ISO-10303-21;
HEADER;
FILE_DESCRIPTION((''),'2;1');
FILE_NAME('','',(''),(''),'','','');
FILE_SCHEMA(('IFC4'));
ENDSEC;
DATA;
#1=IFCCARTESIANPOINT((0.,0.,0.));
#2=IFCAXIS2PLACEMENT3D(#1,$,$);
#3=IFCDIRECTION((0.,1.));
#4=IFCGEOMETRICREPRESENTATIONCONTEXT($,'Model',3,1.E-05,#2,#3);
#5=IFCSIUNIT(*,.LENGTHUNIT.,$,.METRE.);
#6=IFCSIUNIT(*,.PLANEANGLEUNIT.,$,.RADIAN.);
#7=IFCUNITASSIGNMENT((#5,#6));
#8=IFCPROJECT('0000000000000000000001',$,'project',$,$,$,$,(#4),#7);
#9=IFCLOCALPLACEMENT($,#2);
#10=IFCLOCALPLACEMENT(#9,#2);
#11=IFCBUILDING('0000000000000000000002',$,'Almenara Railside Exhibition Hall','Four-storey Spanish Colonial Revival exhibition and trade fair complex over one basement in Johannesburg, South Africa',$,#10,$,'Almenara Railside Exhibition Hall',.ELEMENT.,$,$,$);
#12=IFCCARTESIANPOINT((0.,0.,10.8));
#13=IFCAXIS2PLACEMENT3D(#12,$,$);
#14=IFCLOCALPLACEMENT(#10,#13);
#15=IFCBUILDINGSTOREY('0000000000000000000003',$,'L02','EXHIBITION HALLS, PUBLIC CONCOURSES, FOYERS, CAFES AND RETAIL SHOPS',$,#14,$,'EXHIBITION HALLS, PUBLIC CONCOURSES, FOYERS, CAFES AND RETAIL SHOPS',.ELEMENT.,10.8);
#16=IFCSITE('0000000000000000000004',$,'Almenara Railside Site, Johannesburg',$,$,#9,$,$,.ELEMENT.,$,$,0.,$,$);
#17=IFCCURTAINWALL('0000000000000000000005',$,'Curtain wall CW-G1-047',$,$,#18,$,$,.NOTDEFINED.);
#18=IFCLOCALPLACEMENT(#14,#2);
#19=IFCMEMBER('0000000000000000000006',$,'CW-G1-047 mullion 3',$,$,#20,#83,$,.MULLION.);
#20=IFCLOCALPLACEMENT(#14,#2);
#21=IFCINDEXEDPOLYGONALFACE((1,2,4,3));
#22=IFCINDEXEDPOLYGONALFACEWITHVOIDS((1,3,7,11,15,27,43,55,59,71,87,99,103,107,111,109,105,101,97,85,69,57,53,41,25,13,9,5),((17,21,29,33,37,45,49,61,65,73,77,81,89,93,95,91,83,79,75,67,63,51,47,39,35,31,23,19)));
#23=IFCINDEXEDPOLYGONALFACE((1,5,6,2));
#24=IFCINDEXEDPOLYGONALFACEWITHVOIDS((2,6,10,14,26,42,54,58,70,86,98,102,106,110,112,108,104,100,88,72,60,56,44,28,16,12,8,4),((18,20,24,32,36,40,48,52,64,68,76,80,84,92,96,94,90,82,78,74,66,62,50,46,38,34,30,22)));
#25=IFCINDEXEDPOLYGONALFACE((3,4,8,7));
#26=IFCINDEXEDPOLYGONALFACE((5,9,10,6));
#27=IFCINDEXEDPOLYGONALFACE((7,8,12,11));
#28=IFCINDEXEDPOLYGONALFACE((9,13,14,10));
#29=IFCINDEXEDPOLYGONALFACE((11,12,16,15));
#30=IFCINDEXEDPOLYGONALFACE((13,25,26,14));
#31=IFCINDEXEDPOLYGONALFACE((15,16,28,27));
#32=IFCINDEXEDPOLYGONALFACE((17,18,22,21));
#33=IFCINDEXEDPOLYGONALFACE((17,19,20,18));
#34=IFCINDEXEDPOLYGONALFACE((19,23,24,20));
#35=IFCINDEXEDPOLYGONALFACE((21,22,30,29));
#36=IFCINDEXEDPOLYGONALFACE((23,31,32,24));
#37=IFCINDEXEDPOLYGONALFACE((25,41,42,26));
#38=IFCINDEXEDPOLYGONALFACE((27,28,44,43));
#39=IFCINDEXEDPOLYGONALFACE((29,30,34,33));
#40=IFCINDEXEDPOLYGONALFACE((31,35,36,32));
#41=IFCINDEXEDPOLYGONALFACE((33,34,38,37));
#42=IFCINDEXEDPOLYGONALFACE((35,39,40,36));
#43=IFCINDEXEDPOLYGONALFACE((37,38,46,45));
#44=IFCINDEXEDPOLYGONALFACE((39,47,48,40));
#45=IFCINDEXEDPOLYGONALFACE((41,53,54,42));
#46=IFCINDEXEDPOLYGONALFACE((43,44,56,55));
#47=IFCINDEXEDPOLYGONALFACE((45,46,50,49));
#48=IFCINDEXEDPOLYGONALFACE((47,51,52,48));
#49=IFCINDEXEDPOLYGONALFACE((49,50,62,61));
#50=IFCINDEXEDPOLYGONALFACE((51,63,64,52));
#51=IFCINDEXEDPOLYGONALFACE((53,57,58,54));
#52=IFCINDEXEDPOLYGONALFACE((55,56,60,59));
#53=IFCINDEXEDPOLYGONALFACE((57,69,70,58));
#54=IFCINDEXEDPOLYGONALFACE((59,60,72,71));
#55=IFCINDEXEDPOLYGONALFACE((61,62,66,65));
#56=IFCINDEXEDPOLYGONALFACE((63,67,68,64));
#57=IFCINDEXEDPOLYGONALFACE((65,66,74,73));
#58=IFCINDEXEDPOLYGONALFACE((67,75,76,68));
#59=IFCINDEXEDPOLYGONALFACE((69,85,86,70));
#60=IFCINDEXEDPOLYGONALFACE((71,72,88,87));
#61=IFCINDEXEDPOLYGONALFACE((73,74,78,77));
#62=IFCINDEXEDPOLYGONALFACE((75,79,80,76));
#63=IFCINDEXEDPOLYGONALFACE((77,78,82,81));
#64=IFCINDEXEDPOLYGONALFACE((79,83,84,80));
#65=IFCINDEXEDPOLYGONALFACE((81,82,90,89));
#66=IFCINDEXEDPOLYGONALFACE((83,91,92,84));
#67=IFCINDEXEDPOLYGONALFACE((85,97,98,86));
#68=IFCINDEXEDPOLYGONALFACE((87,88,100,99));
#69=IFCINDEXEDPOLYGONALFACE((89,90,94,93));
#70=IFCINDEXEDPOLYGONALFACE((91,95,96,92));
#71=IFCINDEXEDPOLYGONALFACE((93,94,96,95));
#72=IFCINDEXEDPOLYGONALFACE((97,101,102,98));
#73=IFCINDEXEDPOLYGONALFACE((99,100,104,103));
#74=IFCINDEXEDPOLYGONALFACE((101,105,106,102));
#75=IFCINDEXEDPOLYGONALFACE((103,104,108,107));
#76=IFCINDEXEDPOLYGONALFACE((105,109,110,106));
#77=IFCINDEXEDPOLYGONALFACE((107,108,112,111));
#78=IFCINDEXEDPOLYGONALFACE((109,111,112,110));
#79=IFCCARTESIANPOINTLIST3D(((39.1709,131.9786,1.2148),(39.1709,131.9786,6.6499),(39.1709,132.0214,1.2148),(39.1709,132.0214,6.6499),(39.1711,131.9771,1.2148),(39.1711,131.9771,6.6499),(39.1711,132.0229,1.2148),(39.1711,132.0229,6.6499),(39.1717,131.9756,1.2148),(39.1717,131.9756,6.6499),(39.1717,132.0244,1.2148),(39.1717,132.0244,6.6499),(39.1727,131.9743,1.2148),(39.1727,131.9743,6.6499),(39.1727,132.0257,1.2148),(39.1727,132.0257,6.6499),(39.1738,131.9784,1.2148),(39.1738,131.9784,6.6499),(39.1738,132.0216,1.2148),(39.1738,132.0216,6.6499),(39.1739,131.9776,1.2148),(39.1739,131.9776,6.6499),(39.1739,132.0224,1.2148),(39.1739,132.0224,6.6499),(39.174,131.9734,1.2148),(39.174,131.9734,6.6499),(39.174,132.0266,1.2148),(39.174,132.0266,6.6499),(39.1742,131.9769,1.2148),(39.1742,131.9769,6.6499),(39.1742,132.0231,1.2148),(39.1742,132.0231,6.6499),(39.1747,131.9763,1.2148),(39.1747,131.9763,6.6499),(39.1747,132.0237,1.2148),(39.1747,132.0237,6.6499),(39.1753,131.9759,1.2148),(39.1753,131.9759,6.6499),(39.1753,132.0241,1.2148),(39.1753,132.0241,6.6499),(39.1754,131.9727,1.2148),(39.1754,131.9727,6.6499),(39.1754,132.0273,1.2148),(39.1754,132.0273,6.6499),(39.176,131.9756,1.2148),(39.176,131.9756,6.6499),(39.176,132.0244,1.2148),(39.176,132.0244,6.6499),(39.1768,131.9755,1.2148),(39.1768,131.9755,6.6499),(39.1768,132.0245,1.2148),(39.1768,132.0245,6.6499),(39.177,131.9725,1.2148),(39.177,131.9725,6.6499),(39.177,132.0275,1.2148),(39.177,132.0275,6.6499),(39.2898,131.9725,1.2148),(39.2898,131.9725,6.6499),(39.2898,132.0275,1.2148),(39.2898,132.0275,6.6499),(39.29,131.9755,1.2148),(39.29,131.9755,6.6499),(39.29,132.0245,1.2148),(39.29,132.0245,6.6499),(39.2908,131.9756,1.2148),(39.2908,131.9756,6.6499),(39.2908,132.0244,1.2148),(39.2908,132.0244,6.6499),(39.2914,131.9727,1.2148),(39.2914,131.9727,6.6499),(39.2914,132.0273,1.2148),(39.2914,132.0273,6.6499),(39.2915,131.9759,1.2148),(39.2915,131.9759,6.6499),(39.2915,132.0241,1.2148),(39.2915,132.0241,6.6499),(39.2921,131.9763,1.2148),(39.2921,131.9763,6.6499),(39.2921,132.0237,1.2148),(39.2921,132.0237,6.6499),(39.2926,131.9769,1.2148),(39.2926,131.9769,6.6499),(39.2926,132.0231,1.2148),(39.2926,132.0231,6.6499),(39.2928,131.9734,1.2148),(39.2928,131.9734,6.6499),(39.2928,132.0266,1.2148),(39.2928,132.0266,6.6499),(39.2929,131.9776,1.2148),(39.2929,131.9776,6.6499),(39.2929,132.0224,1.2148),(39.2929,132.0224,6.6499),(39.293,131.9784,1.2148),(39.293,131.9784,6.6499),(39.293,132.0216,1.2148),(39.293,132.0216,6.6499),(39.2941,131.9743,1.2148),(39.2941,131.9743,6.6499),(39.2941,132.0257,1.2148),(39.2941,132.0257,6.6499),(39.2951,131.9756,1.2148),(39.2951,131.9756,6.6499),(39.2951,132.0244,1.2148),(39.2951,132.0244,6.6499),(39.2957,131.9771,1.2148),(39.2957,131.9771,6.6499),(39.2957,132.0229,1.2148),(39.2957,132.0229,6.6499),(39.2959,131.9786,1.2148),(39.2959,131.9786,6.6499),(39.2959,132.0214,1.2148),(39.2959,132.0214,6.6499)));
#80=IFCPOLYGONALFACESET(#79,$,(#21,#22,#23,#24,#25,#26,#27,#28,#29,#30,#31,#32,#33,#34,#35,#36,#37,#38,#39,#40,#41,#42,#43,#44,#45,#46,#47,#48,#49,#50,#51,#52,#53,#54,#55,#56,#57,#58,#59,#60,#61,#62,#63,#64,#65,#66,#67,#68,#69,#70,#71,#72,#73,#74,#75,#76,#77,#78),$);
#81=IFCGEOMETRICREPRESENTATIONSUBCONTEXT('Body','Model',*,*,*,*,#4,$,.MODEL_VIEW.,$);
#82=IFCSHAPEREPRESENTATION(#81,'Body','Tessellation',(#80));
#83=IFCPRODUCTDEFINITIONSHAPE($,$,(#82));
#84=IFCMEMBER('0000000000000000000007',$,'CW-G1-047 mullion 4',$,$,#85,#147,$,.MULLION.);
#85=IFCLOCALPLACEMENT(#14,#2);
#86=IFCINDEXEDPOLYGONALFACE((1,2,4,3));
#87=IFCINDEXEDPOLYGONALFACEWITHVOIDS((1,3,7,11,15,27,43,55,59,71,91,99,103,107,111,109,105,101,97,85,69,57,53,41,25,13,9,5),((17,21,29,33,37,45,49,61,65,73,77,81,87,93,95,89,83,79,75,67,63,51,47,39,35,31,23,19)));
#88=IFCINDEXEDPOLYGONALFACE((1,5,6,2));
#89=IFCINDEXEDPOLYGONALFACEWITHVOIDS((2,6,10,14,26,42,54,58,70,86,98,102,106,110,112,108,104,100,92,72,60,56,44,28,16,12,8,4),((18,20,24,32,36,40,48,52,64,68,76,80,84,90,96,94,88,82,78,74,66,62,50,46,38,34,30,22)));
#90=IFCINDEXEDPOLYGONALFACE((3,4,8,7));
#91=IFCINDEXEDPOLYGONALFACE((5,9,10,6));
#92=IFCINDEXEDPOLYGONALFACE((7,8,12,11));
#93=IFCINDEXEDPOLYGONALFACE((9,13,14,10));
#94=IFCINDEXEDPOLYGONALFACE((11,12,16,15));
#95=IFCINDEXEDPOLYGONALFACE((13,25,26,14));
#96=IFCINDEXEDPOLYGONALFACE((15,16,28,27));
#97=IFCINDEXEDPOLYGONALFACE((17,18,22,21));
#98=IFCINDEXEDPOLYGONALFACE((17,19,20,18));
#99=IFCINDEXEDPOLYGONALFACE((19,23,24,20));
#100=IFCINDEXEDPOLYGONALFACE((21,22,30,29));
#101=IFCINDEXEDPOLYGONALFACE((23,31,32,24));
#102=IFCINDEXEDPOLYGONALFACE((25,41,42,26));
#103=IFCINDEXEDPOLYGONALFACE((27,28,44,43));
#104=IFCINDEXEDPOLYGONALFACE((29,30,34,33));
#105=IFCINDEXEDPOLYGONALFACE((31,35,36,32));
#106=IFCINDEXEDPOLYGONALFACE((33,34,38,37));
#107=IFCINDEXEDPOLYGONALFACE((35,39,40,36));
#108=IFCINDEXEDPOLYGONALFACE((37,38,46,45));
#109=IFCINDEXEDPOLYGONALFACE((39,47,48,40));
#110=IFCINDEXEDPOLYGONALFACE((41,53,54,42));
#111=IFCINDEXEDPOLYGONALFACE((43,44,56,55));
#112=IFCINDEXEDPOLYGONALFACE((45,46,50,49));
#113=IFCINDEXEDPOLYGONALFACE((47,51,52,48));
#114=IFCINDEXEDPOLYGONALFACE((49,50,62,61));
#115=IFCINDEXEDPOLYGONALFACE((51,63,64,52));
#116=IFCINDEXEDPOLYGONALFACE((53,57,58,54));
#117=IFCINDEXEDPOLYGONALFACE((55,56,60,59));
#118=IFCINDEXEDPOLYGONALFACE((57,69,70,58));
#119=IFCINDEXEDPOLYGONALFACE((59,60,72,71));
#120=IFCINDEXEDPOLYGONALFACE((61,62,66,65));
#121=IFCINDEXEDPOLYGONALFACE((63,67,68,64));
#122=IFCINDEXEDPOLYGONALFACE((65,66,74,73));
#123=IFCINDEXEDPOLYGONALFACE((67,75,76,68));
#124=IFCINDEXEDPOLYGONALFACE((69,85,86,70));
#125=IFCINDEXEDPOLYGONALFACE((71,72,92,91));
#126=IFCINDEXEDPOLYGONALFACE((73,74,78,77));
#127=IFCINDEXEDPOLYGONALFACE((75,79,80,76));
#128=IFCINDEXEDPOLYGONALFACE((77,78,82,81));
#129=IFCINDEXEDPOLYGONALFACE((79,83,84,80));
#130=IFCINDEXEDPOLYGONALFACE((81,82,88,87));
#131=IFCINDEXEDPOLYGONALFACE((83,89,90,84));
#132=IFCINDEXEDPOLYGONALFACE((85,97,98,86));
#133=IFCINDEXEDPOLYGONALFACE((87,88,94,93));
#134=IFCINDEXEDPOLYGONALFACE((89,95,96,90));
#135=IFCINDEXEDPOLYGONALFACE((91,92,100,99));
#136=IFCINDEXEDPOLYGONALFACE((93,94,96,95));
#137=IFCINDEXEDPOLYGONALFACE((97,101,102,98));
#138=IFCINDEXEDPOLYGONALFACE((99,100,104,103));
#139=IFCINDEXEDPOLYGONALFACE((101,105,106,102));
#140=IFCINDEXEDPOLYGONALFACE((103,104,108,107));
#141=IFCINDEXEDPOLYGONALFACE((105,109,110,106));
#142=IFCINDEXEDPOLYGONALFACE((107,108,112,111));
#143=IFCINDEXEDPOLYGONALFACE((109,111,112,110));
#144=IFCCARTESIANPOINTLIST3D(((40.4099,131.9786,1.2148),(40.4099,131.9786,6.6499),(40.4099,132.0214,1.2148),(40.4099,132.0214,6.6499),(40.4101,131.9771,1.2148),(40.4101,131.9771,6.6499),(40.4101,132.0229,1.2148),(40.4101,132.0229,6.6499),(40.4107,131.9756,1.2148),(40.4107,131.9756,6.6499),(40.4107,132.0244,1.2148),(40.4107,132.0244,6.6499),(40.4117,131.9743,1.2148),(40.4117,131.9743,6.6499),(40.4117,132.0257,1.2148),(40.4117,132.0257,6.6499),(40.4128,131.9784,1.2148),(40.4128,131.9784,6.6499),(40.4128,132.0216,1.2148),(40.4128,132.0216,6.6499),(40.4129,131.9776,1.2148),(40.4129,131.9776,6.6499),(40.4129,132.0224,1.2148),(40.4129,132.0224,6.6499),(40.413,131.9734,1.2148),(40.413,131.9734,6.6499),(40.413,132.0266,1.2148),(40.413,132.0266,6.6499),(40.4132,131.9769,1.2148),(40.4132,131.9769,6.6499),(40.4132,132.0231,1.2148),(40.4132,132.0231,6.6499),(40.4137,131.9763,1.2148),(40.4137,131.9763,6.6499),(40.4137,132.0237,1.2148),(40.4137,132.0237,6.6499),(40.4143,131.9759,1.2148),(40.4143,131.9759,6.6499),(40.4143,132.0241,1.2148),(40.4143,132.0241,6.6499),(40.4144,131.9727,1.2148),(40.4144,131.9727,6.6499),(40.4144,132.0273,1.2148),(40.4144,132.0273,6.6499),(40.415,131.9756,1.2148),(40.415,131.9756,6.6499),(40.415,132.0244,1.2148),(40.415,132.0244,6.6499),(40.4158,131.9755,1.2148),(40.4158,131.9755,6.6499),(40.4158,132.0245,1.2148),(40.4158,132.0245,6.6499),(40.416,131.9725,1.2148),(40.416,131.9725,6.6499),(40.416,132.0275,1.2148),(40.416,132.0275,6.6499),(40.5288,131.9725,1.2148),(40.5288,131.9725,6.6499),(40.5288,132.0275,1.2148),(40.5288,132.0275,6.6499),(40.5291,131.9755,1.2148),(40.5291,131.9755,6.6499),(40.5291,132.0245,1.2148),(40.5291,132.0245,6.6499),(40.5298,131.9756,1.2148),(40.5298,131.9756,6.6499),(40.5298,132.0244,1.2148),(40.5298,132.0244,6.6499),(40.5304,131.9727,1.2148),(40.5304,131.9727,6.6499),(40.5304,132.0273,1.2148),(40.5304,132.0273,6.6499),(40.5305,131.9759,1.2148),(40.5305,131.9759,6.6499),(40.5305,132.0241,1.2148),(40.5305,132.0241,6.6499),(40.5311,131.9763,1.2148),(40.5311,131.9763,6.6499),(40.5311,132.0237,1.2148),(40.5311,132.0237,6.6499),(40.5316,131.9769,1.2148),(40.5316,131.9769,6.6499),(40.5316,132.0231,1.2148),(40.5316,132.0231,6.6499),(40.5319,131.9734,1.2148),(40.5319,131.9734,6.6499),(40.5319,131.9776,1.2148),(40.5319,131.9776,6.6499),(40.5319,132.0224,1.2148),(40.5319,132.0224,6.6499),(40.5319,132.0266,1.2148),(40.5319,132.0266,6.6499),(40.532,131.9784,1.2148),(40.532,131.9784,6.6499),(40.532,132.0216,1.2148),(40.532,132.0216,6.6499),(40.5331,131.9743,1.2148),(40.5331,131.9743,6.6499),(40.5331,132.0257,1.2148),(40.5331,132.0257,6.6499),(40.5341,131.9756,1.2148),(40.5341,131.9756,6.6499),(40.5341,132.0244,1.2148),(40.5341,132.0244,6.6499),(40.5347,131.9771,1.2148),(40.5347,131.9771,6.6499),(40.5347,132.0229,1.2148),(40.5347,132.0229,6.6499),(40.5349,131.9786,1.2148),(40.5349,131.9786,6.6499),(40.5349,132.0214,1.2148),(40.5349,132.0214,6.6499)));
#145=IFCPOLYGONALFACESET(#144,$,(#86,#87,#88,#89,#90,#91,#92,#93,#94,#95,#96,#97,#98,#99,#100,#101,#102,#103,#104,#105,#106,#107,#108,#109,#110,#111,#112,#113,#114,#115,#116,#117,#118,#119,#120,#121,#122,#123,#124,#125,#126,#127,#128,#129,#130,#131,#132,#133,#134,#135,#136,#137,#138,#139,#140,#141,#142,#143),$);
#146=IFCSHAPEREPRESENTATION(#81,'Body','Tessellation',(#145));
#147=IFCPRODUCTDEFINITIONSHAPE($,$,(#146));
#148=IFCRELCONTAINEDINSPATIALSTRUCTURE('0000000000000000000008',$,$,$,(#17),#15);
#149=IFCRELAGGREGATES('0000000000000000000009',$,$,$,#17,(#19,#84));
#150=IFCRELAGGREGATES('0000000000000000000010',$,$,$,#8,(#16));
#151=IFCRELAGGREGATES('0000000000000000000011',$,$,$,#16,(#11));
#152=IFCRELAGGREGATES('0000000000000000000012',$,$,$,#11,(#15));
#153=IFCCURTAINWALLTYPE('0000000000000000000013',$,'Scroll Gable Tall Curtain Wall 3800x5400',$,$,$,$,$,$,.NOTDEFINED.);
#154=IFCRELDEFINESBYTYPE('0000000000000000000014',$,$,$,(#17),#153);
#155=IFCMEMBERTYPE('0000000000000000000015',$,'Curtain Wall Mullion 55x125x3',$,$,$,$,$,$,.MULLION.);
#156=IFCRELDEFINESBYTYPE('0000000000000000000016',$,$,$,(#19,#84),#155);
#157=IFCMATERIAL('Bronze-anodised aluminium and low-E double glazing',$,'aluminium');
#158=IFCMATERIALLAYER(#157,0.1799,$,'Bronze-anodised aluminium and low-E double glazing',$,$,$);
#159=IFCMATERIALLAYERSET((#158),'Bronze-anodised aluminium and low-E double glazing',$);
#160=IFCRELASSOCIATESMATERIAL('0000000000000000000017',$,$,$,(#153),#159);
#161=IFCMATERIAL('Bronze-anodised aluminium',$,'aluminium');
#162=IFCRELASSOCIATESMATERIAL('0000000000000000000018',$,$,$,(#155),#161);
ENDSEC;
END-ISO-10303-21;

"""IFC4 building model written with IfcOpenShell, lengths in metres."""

from ifc_helpers import new_model, si_unit, direction, frame, origin, origin_2d, place, context, subcontext, project, spatial, hollow_rectangle, extrude, material, layer, layer_set, material_profile, profile_set, type_object, element, aggregate, save


model = new_model("IFC4")

# Units and contexts
model_context = context("Model", 3, precision=1e-05, world=origin(), true_north=direction((0.0, 1.0)))
body_context = subcontext(model_context, "Body", "Model", "MODEL_VIEW")
ifc_project = project(units=[si_unit("LENGTHUNIT", "METRE"), si_unit("PLANEANGLEUNIT", "RADIAN")], contexts=[model_context])

# Site, building, storey
site_placement = place(None, origin())
site = spatial("IfcSite", under=ifc_project, at=site_placement, Name="Almenara Railside Site, Johannesburg", CompositionType="ELEMENT", RefElevation=0.0)
building_placement = place(site_placement, origin())
building = spatial("IfcBuilding", under=site, at=building_placement, Name="Almenara Railside Exhibition Hall", Description="Four-storey Spanish Colonial Revival exhibition and trade fair complex over one basement in Johannesburg, South Africa", LongName="Almenara Railside Exhibition Hall", CompositionType="ELEMENT")
storey_placement = place(building_placement, frame((0.0, 0.0, 10.8)))
storey = spatial("IfcBuildingStorey", under=building, at=storey_placement, Name="L02", Description="EXHIBITION HALLS, PUBLIC CONCOURSES, FOYERS, CAFES AND RETAIL SHOPS", LongName="EXHIBITION HALLS, PUBLIC CONCOURSES, FOYERS, CAFES AND RETAIL SHOPS", CompositionType="ELEMENT", Elevation=10.8)

# Curtain wall, members
ifc_material_1 = material(Name="Bronze-anodised aluminium and low-E double glazing", Category="aluminium")
ifc_layer_1 = layer(ifc_material_1, 0.1799, Name="Bronze-anodised aluminium and low-E double glazing")
ifc_layer_set_1 = layer_set([ifc_layer_1], Name="Bronze-anodised aluminium and low-E double glazing")
curtain_wall_type = type_object("IfcCurtainWallType", Name="Scroll Gable Tall Curtain Wall 3800x5400", PredefinedType="NOTDEFINED", material=ifc_layer_set_1)
curtain_wall_1_placement = place(storey_placement, origin())
curtain_wall_1 = element("IfcCurtainWall", 1, at=curtain_wall_1_placement, inside=storey, type_object=curtain_wall_type, Name="Curtain wall CW-G1-047", PredefinedType="NOTDEFINED")
ifc_material_2 = material(Name="Bronze-anodised aluminium", Category="aluminium")
ifc_material_profile_1 = material_profile(ifc_material_2, hollow_rectangle(XDim=0.0549, YDim=0.125, WallThickness=0.0029, InnerFilletRadius=0.0029, OuterFilletRadius=0.0061, at=origin_2d()), Name="ALU-MUL 55x125x3")
ifc_profile_set_1 = profile_set([ifc_material_profile_1], Name="Bronze-anodised aluminium")
member_type_1 = type_object("IfcMemberType", Name="Curtain Wall Mullion 55x125x3", PredefinedType="MULLION", material=ifc_profile_set_1)
member_1_placement = place(storey_placement, frame((39.2334, 132.0, 1.2148), z_axis=(0.0, 0.0, 1.0), x_axis=(0.0, 1.0, 0.0)))
member_1 = element("IfcMember", 2, at=member_1_placement, type_object=member_type_1, Name="CW-G1-047 mullion 3", PredefinedType="MULLION", context=body_context, shape_type="SweptSolid", body=[
    extrude(hollow_rectangle(XDim=0.0549, YDim=0.125, WallThickness=0.0029, InnerFilletRadius=0.0029, OuterFilletRadius=0.0061, at=origin_2d()), origin(), (0.0, 0.0, 1.0), 5.4351),
])
member_2_placement = place(storey_placement, frame((40.4724, 132.0, 1.2148), z_axis=(0.0, 0.0, 1.0), x_axis=(0.0, 1.0, 0.0)))
member_2 = element("IfcMember", 3, at=member_2_placement, type_object=member_type_1, Name="CW-G1-047 mullion 4", PredefinedType="MULLION", context=body_context, shape_type="SweptSolid", body=[
    extrude(hollow_rectangle(XDim=0.0549, YDim=0.125, WallThickness=0.0029, InnerFilletRadius=0.0029, OuterFilletRadius=0.0061, at=origin_2d()), origin(), (0.0, 0.0, 1.0), 5.4351),
])

aggregate(curtain_wall_1, [member_1, member_2])

save(model, "model.ifc")
